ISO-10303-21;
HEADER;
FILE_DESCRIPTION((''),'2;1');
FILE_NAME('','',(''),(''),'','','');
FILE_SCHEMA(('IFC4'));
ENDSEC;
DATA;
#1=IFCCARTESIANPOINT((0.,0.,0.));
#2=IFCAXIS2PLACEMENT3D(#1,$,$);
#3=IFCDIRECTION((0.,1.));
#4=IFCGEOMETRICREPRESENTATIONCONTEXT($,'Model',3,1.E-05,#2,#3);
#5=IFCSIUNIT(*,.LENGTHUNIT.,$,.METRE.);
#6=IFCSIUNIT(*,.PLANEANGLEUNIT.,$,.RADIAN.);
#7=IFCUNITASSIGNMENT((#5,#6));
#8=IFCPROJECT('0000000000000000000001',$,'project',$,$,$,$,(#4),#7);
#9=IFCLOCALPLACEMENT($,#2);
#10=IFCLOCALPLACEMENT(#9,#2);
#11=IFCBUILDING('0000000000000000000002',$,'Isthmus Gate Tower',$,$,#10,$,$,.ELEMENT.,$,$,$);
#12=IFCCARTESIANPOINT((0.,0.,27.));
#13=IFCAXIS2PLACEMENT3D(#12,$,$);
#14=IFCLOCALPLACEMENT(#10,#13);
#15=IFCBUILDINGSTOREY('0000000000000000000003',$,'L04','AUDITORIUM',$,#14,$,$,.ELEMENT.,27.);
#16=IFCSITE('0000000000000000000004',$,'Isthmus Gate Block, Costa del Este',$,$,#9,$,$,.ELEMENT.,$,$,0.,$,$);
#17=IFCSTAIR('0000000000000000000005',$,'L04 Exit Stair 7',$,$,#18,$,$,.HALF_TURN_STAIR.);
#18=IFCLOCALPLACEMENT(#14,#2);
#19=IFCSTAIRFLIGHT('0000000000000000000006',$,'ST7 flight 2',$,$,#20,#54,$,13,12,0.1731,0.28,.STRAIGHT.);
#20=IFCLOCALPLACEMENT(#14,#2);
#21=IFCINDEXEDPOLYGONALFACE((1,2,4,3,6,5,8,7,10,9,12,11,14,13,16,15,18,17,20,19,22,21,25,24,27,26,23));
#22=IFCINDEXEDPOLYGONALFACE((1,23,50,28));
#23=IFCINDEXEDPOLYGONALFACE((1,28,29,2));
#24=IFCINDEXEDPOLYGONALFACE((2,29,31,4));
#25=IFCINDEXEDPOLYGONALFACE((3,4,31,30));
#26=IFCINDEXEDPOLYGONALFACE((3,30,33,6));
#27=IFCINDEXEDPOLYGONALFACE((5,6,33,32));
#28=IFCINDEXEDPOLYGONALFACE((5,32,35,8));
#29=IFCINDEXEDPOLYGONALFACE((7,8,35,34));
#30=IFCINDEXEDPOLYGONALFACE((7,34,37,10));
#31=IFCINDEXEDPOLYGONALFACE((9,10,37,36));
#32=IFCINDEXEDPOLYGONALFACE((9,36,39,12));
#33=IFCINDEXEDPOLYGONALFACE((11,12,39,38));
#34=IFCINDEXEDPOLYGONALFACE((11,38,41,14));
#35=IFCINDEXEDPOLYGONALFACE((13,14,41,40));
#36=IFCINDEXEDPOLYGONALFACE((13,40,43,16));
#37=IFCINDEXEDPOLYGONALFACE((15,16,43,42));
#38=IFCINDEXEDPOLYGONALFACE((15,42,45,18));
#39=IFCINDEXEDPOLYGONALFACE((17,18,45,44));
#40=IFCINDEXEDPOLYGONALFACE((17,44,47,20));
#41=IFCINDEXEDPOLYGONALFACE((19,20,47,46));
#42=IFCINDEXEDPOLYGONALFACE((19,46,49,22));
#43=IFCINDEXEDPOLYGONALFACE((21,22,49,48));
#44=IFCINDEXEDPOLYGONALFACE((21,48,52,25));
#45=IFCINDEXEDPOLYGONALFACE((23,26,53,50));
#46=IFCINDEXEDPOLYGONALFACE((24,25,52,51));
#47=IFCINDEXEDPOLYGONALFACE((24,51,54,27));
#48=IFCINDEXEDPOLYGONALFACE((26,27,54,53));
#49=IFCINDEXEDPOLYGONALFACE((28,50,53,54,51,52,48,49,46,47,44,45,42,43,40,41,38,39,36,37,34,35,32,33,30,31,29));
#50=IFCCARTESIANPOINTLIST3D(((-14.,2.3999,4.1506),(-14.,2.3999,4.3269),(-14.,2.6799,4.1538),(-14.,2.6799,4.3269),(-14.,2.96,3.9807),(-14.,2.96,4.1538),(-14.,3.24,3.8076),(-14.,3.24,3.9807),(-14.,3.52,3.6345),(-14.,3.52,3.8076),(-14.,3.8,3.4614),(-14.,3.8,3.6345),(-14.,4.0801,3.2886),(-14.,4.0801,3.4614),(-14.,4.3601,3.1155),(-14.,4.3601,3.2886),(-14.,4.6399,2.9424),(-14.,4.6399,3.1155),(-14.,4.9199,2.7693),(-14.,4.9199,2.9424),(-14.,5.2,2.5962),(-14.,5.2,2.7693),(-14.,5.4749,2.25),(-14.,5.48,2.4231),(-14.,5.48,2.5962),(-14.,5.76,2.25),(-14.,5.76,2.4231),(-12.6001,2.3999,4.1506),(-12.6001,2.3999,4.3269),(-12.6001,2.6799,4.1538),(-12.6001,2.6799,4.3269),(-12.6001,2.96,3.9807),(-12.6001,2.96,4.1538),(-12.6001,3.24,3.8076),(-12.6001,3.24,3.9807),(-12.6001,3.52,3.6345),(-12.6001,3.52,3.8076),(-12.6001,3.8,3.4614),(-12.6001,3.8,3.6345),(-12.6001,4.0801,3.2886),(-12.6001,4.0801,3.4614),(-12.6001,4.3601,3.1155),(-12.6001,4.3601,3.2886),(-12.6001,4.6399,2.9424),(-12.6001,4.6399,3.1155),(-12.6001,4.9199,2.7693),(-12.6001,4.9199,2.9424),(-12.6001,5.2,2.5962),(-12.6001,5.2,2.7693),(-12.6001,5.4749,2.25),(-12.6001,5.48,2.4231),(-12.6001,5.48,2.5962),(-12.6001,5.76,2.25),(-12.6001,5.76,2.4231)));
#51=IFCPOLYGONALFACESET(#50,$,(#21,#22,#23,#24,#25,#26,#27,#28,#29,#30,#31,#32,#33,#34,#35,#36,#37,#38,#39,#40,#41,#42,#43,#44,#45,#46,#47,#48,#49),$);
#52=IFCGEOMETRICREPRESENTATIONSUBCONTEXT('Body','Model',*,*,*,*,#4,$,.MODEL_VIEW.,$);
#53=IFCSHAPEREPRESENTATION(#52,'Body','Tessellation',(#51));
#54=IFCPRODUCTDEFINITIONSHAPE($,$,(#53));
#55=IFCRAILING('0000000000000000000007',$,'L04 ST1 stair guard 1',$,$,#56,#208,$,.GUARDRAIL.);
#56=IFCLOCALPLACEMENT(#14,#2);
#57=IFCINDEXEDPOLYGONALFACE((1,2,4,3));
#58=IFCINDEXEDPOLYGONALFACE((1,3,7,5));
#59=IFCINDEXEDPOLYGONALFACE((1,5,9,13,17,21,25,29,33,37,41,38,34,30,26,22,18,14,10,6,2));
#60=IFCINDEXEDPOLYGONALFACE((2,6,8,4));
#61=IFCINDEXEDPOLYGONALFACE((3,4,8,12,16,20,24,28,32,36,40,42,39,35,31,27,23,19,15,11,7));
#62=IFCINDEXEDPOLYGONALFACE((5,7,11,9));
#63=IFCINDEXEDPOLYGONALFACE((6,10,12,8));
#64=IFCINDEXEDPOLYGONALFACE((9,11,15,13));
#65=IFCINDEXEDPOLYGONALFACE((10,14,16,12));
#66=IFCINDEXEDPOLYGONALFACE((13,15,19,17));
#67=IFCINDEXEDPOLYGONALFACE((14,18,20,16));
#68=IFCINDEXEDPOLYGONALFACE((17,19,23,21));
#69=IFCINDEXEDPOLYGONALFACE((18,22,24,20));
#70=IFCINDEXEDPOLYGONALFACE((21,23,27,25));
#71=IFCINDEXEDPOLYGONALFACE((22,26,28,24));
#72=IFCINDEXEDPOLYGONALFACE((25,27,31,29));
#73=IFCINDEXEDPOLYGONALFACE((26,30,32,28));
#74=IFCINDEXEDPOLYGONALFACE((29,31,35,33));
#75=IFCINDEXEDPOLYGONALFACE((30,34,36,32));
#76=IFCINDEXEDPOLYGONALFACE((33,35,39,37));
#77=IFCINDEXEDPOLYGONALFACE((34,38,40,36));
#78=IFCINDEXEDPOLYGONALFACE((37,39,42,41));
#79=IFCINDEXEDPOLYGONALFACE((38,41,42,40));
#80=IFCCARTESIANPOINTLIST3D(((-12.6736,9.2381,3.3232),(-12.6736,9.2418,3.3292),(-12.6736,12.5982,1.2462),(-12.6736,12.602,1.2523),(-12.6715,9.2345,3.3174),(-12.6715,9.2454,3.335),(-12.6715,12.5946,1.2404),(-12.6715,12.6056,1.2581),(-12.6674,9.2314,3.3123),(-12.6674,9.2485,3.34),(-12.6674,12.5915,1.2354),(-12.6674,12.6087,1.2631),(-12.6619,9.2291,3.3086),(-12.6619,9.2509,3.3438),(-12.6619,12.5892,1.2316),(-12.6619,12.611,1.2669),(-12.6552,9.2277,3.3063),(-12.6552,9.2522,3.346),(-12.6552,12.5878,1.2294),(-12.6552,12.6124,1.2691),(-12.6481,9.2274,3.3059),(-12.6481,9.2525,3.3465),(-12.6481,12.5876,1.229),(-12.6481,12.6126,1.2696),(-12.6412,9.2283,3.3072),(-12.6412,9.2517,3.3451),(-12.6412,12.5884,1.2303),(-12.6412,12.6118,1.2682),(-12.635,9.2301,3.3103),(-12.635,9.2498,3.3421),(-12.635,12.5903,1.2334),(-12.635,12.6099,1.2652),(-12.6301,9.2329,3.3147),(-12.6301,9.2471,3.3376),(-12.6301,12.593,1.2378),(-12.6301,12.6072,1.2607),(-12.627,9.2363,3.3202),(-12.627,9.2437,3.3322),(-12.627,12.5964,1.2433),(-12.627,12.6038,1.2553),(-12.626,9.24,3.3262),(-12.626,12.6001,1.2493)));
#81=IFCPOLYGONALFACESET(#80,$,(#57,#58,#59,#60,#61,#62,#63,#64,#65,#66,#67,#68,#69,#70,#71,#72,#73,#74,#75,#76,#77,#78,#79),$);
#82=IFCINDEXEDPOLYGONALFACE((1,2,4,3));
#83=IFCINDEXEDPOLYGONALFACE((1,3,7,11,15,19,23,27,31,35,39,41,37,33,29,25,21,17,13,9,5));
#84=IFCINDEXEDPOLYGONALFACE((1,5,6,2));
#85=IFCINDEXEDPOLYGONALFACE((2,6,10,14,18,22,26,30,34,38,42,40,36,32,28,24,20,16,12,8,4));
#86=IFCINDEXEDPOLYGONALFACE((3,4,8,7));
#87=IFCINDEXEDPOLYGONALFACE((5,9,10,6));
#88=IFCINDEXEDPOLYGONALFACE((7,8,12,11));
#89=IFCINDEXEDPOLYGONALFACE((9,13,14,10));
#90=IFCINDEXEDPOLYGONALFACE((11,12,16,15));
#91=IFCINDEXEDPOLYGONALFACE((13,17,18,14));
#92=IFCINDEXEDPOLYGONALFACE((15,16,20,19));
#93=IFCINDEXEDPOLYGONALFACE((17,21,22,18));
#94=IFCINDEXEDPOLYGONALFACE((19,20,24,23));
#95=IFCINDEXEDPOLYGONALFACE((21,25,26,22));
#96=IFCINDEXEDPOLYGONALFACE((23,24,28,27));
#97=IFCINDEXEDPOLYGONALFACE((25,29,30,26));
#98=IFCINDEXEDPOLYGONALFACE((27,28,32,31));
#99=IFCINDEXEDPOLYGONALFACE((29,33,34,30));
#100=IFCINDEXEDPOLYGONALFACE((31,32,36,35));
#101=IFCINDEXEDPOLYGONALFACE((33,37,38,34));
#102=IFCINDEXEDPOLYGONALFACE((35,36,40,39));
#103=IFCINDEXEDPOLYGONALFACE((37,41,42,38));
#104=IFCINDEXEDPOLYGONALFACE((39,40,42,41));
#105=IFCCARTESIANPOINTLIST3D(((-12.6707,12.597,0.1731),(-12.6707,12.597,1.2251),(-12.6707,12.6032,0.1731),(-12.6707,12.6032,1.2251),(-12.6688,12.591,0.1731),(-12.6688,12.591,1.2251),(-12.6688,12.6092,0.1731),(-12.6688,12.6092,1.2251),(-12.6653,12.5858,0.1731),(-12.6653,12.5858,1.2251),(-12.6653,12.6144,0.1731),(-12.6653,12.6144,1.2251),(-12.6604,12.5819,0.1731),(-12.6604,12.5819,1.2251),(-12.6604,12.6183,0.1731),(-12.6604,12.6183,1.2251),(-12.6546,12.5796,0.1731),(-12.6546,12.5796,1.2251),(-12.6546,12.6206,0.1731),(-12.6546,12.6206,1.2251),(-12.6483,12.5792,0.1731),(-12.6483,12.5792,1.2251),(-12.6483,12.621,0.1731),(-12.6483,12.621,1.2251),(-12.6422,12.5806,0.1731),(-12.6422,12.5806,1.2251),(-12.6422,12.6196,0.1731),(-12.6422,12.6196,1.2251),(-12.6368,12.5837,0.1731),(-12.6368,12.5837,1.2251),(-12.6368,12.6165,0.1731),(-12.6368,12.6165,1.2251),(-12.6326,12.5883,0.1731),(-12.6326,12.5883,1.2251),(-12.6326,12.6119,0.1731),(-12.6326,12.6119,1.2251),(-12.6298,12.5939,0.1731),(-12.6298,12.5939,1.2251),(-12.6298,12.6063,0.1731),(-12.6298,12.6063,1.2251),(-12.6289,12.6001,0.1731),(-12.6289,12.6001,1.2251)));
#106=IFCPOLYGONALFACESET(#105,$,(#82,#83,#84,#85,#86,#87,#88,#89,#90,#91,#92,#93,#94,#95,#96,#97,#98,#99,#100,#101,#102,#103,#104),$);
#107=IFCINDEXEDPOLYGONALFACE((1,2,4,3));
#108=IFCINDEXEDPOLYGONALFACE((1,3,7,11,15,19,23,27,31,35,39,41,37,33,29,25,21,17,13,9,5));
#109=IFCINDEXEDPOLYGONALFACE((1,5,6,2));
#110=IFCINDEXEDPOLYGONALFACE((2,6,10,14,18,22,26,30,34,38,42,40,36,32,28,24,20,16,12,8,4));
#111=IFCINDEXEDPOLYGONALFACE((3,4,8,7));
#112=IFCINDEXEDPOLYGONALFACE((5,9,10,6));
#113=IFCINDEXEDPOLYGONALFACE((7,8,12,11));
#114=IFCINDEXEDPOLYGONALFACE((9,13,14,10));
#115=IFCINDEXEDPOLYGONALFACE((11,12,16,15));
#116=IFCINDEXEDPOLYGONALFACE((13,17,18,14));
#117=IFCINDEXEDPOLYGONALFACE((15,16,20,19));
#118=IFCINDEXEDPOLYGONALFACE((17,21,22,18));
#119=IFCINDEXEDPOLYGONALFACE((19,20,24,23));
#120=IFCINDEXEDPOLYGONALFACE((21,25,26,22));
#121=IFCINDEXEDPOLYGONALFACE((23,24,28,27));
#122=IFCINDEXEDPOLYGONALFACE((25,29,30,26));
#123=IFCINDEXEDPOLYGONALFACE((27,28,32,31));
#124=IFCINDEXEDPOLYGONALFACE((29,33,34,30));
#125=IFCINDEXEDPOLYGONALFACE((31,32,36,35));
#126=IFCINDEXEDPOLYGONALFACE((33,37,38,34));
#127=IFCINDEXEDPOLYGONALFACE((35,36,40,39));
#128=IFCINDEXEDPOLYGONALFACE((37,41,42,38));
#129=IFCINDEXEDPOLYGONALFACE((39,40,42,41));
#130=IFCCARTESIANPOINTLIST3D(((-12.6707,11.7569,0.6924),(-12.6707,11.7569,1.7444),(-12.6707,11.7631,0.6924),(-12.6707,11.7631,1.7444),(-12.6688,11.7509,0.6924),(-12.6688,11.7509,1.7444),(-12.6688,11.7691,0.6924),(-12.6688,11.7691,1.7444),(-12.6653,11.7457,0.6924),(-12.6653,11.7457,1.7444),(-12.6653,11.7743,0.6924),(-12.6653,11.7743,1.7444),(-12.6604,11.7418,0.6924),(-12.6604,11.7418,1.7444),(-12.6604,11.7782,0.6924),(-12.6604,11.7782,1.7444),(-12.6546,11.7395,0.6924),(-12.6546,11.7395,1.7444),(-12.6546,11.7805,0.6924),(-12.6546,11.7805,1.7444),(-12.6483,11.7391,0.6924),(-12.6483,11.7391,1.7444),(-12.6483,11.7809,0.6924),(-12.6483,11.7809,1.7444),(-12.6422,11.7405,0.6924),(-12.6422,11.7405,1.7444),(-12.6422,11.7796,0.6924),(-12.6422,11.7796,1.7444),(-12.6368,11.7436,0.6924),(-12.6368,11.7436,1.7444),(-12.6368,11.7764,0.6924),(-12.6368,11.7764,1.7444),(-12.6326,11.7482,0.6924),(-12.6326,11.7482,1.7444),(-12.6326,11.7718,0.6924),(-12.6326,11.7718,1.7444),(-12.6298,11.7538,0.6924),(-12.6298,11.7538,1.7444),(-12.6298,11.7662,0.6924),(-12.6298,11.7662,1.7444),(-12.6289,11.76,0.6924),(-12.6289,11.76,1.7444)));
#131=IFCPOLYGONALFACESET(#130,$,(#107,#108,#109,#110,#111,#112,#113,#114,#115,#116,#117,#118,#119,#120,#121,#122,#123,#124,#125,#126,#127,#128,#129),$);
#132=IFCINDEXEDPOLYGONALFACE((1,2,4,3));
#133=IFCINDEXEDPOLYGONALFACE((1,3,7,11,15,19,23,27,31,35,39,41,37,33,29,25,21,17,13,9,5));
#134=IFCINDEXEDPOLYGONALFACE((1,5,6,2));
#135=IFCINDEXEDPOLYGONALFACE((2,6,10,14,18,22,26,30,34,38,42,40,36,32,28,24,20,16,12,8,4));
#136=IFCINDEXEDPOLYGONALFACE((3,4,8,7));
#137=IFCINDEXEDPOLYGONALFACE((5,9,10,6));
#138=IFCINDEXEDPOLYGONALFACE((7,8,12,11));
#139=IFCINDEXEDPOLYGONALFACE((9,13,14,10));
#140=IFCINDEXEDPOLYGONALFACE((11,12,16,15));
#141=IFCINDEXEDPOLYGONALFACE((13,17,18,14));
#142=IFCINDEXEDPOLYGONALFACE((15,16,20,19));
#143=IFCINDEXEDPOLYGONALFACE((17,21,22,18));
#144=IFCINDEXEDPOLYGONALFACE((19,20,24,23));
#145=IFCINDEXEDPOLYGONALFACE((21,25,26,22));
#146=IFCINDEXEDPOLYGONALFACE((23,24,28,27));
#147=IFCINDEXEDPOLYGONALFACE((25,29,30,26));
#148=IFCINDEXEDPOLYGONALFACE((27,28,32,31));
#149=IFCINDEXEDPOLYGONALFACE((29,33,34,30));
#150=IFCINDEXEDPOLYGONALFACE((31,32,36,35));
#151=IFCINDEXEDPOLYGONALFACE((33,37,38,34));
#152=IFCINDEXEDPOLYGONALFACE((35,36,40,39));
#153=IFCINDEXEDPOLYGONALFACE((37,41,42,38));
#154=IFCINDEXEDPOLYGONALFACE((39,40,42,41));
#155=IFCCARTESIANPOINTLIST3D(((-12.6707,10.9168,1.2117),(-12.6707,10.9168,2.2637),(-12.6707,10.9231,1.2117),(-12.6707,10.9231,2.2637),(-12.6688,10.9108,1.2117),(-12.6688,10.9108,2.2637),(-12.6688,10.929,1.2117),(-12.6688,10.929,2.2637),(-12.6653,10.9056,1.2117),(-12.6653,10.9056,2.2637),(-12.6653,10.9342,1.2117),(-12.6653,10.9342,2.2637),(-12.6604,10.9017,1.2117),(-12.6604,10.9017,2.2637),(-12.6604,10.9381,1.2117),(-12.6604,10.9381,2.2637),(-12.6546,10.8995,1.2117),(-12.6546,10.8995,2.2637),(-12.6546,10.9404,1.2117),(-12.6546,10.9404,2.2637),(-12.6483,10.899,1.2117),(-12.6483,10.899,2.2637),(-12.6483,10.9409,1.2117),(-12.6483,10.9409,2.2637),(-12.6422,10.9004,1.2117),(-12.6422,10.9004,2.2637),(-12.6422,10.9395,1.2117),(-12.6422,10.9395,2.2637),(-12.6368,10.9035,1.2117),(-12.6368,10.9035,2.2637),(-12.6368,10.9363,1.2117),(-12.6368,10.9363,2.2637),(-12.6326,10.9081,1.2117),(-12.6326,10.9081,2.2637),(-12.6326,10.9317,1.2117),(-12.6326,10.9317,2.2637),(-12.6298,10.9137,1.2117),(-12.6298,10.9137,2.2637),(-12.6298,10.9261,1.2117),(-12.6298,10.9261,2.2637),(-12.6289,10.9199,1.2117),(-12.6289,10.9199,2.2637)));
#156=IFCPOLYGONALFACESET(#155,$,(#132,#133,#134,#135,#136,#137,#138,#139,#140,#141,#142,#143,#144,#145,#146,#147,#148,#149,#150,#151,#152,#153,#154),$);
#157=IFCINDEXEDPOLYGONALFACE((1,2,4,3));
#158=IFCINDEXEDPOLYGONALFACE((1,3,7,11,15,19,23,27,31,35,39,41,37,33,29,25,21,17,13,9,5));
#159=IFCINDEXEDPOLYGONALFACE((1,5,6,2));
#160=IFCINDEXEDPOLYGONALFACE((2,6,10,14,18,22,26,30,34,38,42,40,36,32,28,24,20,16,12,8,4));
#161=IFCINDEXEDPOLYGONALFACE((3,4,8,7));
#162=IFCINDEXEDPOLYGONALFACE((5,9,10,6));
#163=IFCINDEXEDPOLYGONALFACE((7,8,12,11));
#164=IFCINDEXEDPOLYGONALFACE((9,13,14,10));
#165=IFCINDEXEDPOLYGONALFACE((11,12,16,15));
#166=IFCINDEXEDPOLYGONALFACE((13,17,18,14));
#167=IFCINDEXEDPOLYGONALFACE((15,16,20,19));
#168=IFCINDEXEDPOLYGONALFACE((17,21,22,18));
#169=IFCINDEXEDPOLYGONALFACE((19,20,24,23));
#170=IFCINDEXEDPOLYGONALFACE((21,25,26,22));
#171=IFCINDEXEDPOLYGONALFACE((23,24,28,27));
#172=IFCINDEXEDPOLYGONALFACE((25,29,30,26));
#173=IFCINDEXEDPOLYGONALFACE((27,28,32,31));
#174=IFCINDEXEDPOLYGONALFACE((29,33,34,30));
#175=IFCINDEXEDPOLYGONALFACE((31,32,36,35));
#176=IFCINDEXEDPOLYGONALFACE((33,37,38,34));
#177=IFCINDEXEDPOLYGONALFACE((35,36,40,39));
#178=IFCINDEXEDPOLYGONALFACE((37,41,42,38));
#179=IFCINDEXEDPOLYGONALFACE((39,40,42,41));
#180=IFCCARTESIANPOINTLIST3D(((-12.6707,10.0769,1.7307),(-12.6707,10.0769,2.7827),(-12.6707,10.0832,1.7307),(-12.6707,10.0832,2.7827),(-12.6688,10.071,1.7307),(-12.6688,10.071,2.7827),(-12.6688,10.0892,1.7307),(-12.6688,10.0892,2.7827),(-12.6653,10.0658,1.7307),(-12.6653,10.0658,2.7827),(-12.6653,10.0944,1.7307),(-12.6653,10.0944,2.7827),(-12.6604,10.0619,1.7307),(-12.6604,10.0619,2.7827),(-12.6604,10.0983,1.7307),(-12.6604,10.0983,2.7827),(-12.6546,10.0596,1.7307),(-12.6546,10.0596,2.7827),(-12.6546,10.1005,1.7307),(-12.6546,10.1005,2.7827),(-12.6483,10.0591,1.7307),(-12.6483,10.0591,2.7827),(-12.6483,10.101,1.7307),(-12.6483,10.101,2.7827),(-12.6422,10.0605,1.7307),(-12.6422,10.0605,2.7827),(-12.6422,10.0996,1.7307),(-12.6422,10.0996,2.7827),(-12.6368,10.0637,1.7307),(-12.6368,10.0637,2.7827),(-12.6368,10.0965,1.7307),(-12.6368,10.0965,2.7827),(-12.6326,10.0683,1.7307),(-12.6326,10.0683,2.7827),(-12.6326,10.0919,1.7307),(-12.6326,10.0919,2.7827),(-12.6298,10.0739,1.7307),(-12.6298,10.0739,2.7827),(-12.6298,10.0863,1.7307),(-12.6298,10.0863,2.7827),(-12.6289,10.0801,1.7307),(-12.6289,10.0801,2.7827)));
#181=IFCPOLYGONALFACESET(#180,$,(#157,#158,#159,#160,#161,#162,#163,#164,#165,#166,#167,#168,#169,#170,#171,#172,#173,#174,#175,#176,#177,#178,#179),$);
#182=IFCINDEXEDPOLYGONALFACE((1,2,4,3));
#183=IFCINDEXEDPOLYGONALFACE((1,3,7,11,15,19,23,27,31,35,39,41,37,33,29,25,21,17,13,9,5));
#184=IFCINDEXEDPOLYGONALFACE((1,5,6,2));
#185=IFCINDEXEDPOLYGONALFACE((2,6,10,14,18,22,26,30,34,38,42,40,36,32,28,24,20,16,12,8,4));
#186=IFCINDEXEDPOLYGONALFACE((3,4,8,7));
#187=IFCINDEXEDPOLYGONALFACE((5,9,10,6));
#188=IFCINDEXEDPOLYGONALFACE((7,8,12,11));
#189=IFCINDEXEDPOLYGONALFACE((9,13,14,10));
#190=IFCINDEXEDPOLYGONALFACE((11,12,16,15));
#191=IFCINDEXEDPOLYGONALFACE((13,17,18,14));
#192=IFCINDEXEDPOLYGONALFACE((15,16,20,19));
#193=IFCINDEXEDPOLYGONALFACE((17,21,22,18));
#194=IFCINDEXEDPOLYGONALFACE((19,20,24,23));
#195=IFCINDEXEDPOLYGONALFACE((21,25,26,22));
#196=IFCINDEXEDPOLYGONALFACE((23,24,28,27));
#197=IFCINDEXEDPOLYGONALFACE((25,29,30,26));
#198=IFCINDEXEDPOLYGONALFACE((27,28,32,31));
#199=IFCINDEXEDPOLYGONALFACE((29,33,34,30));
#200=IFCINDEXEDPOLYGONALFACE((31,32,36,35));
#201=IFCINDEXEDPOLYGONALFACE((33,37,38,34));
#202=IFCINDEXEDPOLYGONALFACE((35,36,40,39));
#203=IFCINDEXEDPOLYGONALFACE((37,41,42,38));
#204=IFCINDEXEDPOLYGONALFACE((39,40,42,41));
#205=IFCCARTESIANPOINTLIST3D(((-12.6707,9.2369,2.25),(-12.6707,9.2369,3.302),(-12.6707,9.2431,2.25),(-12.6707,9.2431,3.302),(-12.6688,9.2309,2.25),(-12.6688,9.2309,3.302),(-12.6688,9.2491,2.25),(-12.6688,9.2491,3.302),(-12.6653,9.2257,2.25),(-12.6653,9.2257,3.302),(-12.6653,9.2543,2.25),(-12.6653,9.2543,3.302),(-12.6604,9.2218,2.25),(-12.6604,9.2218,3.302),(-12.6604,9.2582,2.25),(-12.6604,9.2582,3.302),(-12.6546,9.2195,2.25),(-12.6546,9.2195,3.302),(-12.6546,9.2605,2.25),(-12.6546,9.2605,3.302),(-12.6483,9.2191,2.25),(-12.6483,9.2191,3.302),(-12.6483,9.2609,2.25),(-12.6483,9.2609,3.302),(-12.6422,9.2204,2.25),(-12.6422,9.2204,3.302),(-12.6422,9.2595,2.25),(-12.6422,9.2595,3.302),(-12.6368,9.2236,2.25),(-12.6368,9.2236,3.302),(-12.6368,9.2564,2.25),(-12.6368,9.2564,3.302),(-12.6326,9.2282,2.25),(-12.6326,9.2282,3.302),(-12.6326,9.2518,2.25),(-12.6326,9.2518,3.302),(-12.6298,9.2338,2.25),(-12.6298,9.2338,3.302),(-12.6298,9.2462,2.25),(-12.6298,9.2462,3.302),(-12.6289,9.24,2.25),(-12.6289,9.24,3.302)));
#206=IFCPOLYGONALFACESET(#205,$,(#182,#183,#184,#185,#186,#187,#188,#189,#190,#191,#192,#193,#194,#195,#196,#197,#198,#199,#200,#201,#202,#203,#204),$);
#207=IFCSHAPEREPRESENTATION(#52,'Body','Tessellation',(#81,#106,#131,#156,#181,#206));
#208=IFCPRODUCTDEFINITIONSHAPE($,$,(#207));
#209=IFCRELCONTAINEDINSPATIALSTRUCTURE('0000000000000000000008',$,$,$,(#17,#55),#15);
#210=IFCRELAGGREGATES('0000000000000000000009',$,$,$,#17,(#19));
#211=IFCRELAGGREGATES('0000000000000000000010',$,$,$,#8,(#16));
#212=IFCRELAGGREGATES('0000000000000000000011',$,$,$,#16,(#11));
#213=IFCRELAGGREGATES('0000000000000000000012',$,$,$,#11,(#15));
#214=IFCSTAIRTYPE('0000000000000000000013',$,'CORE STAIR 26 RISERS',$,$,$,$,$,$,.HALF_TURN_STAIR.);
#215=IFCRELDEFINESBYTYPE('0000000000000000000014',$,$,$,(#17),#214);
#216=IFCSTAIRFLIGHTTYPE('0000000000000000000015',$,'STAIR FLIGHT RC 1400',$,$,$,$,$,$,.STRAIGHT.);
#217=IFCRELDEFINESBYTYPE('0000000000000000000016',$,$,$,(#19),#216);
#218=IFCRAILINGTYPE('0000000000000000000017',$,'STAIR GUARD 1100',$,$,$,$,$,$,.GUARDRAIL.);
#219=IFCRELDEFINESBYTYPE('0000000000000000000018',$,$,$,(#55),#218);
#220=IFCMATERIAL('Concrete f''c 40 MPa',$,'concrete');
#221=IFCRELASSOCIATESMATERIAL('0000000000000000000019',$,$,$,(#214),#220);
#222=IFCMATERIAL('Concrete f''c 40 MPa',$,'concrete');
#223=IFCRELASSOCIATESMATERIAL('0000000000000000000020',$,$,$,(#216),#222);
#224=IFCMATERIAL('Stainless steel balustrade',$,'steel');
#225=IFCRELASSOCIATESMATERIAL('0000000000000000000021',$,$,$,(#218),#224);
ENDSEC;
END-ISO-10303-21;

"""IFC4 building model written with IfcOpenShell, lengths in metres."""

from ifc_helpers import new_model, si_unit, direction, frame, origin, origin_2d, place, context, subcontext, project, spatial, polyline, circle, outline, extrude, material, type_object, element, aggregate, save


model = new_model("IFC4")

# Units and contexts
model_context = context("Model", 3, precision=1e-05, world=origin(), true_north=direction((0.0, 1.0)))
body_context = subcontext(model_context, "Body", "Model", "MODEL_VIEW")
ifc_project = project(units=[si_unit("LENGTHUNIT", "METRE"), si_unit("PLANEANGLEUNIT", "RADIAN")], contexts=[model_context])

# Site, building, storey
site_placement = place(None, origin())
site = spatial("IfcSite", under=ifc_project, at=site_placement, Name="Isthmus Gate Block, Costa del Este", CompositionType="ELEMENT", RefElevation=0.0)
building_placement = place(site_placement, origin())
building = spatial("IfcBuilding", under=site, at=building_placement, Name="Isthmus Gate Tower", CompositionType="ELEMENT")
storey_placement = place(building_placement, frame((0.0, 0.0, 27.0)))
storey = spatial("IfcBuildingStorey", under=building, at=storey_placement, Name="L04", Description="AUDITORIUM", CompositionType="ELEMENT", Elevation=27.0)

# Stair, stair flight
ifc_material_1 = material(Name="Concrete f'c 40 MPa", Category="concrete")
stair_type = type_object("IfcStairType", Name="CORE STAIR 26 RISERS", PredefinedType="HALF_TURN_STAIR", material=ifc_material_1)
ifc_material_2 = material(Name="Concrete f'c 40 MPa", Category="concrete")
stair_flight_type = type_object("IfcStairFlightType", Name="STAIR FLIGHT RC 1400", PredefinedType="STRAIGHT", material=ifc_material_2)
stair_1_placement = place(storey_placement, origin())
stair_1 = element("IfcStair", 1, at=stair_1_placement, inside=storey, type_object=stair_type, Name="L04 Exit Stair 7", PredefinedType="HALF_TURN_STAIR")
stair_flight_1_placement = place(storey_placement, frame((-13.3, 5.76, 2.25), z_axis=(0.0, 0.0, 1.0), x_axis=(0.0, -1.0, 0.0)))
stair_flight_1 = element("IfcStairFlight", 2, at=stair_flight_1_placement, type_object=stair_flight_type, Name="ST7 flight 2", NumberOfRisers=13, NumberOfTreads=12, PredefinedType="STRAIGHT", RiserHeight=0.1731, TreadLength=0.28, context=body_context, shape_type="SweptSolid", body=[
    extrude(outline(polyline([(0.0, 0.0), (0.0, 0.1731), (0.28, 0.1731), (0.28, 0.3462), (0.5601, 0.3462), (0.5601, 0.5193), (0.8401, 0.5193), (0.8401, 0.6924), (1.1201, 0.6924), (1.1201, 0.8655), (1.3999, 0.8655), (1.3999, 1.0386), (1.6799, 1.0386), (1.6799, 1.2114), (1.96, 1.2114), (1.96, 1.3845), (2.24, 1.3845), (2.24, 1.5576), (2.52, 1.5576), (2.52, 1.7307), (2.8, 1.7307), (2.8, 1.9038), (3.0801, 1.9038), (3.0801, 2.0769), (3.3601, 2.0769), (3.3601, 2.25), (3.3601, 1.9006), (0.2852, 0.0), (0.0, 0.0)])), frame((0.0, 0.7, 0.0), z_axis=(0.0, -1.0, 0.0), x_axis=(1.0, 0.0, 0.0)), (0.0, 0.0, 1.0), 1.3999),
])
aggregate(stair_1, [stair_flight_1])

# Railing
ifc_material_3 = material(Name="Stainless steel balustrade", Category="steel")
railing_type_1 = type_object("IfcRailingType", Name="STAIR GUARD 1100", PredefinedType="GUARDRAIL", material=ifc_material_3)
for number, where, name in (
    (3, (-12.6499, 12.6001, 0.1731), "L04 ST1 stair guard 1"),
):
    element("IfcRailing", number, at=place(storey_placement, frame(where)), inside=storey, type_object=railing_type_1, Name=name, PredefinedType="GUARDRAIL", context=body_context, shape_type="SweptSolid", body=[
        extrude(circle(Radius=0.0239, at=origin_2d()), frame((0.0, 0.0, 1.0762), z_axis=(0.0, -0.850623, 0.525776), x_axis=(1.0, 0.0, 0.0)), (0.0, 0.0, 1.0), 3.9502),
        extrude(circle(Radius=0.021, at=origin_2d()), origin(), (0.0, 0.0, 1.0), 1.052),
        extrude(circle(Radius=0.021, at=origin_2d()), frame((0.0, -0.8401, 0.5193)), (0.0, 0.0, 1.0), 1.052),
        extrude(circle(Radius=0.021, at=origin_2d()), frame((0.0, -1.6802, 1.0386)), (0.0, 0.0, 1.0), 1.052),
        extrude(circle(Radius=0.021, at=origin_2d()), frame((0.0, -2.52, 1.5576)), (0.0, 0.0, 1.0), 1.052),
        extrude(circle(Radius=0.021, at=origin_2d()), frame((0.0, -3.3601, 2.0769)), (0.0, 0.0, 1.0), 1.052),
    ])

save(model, "model.ifc")
